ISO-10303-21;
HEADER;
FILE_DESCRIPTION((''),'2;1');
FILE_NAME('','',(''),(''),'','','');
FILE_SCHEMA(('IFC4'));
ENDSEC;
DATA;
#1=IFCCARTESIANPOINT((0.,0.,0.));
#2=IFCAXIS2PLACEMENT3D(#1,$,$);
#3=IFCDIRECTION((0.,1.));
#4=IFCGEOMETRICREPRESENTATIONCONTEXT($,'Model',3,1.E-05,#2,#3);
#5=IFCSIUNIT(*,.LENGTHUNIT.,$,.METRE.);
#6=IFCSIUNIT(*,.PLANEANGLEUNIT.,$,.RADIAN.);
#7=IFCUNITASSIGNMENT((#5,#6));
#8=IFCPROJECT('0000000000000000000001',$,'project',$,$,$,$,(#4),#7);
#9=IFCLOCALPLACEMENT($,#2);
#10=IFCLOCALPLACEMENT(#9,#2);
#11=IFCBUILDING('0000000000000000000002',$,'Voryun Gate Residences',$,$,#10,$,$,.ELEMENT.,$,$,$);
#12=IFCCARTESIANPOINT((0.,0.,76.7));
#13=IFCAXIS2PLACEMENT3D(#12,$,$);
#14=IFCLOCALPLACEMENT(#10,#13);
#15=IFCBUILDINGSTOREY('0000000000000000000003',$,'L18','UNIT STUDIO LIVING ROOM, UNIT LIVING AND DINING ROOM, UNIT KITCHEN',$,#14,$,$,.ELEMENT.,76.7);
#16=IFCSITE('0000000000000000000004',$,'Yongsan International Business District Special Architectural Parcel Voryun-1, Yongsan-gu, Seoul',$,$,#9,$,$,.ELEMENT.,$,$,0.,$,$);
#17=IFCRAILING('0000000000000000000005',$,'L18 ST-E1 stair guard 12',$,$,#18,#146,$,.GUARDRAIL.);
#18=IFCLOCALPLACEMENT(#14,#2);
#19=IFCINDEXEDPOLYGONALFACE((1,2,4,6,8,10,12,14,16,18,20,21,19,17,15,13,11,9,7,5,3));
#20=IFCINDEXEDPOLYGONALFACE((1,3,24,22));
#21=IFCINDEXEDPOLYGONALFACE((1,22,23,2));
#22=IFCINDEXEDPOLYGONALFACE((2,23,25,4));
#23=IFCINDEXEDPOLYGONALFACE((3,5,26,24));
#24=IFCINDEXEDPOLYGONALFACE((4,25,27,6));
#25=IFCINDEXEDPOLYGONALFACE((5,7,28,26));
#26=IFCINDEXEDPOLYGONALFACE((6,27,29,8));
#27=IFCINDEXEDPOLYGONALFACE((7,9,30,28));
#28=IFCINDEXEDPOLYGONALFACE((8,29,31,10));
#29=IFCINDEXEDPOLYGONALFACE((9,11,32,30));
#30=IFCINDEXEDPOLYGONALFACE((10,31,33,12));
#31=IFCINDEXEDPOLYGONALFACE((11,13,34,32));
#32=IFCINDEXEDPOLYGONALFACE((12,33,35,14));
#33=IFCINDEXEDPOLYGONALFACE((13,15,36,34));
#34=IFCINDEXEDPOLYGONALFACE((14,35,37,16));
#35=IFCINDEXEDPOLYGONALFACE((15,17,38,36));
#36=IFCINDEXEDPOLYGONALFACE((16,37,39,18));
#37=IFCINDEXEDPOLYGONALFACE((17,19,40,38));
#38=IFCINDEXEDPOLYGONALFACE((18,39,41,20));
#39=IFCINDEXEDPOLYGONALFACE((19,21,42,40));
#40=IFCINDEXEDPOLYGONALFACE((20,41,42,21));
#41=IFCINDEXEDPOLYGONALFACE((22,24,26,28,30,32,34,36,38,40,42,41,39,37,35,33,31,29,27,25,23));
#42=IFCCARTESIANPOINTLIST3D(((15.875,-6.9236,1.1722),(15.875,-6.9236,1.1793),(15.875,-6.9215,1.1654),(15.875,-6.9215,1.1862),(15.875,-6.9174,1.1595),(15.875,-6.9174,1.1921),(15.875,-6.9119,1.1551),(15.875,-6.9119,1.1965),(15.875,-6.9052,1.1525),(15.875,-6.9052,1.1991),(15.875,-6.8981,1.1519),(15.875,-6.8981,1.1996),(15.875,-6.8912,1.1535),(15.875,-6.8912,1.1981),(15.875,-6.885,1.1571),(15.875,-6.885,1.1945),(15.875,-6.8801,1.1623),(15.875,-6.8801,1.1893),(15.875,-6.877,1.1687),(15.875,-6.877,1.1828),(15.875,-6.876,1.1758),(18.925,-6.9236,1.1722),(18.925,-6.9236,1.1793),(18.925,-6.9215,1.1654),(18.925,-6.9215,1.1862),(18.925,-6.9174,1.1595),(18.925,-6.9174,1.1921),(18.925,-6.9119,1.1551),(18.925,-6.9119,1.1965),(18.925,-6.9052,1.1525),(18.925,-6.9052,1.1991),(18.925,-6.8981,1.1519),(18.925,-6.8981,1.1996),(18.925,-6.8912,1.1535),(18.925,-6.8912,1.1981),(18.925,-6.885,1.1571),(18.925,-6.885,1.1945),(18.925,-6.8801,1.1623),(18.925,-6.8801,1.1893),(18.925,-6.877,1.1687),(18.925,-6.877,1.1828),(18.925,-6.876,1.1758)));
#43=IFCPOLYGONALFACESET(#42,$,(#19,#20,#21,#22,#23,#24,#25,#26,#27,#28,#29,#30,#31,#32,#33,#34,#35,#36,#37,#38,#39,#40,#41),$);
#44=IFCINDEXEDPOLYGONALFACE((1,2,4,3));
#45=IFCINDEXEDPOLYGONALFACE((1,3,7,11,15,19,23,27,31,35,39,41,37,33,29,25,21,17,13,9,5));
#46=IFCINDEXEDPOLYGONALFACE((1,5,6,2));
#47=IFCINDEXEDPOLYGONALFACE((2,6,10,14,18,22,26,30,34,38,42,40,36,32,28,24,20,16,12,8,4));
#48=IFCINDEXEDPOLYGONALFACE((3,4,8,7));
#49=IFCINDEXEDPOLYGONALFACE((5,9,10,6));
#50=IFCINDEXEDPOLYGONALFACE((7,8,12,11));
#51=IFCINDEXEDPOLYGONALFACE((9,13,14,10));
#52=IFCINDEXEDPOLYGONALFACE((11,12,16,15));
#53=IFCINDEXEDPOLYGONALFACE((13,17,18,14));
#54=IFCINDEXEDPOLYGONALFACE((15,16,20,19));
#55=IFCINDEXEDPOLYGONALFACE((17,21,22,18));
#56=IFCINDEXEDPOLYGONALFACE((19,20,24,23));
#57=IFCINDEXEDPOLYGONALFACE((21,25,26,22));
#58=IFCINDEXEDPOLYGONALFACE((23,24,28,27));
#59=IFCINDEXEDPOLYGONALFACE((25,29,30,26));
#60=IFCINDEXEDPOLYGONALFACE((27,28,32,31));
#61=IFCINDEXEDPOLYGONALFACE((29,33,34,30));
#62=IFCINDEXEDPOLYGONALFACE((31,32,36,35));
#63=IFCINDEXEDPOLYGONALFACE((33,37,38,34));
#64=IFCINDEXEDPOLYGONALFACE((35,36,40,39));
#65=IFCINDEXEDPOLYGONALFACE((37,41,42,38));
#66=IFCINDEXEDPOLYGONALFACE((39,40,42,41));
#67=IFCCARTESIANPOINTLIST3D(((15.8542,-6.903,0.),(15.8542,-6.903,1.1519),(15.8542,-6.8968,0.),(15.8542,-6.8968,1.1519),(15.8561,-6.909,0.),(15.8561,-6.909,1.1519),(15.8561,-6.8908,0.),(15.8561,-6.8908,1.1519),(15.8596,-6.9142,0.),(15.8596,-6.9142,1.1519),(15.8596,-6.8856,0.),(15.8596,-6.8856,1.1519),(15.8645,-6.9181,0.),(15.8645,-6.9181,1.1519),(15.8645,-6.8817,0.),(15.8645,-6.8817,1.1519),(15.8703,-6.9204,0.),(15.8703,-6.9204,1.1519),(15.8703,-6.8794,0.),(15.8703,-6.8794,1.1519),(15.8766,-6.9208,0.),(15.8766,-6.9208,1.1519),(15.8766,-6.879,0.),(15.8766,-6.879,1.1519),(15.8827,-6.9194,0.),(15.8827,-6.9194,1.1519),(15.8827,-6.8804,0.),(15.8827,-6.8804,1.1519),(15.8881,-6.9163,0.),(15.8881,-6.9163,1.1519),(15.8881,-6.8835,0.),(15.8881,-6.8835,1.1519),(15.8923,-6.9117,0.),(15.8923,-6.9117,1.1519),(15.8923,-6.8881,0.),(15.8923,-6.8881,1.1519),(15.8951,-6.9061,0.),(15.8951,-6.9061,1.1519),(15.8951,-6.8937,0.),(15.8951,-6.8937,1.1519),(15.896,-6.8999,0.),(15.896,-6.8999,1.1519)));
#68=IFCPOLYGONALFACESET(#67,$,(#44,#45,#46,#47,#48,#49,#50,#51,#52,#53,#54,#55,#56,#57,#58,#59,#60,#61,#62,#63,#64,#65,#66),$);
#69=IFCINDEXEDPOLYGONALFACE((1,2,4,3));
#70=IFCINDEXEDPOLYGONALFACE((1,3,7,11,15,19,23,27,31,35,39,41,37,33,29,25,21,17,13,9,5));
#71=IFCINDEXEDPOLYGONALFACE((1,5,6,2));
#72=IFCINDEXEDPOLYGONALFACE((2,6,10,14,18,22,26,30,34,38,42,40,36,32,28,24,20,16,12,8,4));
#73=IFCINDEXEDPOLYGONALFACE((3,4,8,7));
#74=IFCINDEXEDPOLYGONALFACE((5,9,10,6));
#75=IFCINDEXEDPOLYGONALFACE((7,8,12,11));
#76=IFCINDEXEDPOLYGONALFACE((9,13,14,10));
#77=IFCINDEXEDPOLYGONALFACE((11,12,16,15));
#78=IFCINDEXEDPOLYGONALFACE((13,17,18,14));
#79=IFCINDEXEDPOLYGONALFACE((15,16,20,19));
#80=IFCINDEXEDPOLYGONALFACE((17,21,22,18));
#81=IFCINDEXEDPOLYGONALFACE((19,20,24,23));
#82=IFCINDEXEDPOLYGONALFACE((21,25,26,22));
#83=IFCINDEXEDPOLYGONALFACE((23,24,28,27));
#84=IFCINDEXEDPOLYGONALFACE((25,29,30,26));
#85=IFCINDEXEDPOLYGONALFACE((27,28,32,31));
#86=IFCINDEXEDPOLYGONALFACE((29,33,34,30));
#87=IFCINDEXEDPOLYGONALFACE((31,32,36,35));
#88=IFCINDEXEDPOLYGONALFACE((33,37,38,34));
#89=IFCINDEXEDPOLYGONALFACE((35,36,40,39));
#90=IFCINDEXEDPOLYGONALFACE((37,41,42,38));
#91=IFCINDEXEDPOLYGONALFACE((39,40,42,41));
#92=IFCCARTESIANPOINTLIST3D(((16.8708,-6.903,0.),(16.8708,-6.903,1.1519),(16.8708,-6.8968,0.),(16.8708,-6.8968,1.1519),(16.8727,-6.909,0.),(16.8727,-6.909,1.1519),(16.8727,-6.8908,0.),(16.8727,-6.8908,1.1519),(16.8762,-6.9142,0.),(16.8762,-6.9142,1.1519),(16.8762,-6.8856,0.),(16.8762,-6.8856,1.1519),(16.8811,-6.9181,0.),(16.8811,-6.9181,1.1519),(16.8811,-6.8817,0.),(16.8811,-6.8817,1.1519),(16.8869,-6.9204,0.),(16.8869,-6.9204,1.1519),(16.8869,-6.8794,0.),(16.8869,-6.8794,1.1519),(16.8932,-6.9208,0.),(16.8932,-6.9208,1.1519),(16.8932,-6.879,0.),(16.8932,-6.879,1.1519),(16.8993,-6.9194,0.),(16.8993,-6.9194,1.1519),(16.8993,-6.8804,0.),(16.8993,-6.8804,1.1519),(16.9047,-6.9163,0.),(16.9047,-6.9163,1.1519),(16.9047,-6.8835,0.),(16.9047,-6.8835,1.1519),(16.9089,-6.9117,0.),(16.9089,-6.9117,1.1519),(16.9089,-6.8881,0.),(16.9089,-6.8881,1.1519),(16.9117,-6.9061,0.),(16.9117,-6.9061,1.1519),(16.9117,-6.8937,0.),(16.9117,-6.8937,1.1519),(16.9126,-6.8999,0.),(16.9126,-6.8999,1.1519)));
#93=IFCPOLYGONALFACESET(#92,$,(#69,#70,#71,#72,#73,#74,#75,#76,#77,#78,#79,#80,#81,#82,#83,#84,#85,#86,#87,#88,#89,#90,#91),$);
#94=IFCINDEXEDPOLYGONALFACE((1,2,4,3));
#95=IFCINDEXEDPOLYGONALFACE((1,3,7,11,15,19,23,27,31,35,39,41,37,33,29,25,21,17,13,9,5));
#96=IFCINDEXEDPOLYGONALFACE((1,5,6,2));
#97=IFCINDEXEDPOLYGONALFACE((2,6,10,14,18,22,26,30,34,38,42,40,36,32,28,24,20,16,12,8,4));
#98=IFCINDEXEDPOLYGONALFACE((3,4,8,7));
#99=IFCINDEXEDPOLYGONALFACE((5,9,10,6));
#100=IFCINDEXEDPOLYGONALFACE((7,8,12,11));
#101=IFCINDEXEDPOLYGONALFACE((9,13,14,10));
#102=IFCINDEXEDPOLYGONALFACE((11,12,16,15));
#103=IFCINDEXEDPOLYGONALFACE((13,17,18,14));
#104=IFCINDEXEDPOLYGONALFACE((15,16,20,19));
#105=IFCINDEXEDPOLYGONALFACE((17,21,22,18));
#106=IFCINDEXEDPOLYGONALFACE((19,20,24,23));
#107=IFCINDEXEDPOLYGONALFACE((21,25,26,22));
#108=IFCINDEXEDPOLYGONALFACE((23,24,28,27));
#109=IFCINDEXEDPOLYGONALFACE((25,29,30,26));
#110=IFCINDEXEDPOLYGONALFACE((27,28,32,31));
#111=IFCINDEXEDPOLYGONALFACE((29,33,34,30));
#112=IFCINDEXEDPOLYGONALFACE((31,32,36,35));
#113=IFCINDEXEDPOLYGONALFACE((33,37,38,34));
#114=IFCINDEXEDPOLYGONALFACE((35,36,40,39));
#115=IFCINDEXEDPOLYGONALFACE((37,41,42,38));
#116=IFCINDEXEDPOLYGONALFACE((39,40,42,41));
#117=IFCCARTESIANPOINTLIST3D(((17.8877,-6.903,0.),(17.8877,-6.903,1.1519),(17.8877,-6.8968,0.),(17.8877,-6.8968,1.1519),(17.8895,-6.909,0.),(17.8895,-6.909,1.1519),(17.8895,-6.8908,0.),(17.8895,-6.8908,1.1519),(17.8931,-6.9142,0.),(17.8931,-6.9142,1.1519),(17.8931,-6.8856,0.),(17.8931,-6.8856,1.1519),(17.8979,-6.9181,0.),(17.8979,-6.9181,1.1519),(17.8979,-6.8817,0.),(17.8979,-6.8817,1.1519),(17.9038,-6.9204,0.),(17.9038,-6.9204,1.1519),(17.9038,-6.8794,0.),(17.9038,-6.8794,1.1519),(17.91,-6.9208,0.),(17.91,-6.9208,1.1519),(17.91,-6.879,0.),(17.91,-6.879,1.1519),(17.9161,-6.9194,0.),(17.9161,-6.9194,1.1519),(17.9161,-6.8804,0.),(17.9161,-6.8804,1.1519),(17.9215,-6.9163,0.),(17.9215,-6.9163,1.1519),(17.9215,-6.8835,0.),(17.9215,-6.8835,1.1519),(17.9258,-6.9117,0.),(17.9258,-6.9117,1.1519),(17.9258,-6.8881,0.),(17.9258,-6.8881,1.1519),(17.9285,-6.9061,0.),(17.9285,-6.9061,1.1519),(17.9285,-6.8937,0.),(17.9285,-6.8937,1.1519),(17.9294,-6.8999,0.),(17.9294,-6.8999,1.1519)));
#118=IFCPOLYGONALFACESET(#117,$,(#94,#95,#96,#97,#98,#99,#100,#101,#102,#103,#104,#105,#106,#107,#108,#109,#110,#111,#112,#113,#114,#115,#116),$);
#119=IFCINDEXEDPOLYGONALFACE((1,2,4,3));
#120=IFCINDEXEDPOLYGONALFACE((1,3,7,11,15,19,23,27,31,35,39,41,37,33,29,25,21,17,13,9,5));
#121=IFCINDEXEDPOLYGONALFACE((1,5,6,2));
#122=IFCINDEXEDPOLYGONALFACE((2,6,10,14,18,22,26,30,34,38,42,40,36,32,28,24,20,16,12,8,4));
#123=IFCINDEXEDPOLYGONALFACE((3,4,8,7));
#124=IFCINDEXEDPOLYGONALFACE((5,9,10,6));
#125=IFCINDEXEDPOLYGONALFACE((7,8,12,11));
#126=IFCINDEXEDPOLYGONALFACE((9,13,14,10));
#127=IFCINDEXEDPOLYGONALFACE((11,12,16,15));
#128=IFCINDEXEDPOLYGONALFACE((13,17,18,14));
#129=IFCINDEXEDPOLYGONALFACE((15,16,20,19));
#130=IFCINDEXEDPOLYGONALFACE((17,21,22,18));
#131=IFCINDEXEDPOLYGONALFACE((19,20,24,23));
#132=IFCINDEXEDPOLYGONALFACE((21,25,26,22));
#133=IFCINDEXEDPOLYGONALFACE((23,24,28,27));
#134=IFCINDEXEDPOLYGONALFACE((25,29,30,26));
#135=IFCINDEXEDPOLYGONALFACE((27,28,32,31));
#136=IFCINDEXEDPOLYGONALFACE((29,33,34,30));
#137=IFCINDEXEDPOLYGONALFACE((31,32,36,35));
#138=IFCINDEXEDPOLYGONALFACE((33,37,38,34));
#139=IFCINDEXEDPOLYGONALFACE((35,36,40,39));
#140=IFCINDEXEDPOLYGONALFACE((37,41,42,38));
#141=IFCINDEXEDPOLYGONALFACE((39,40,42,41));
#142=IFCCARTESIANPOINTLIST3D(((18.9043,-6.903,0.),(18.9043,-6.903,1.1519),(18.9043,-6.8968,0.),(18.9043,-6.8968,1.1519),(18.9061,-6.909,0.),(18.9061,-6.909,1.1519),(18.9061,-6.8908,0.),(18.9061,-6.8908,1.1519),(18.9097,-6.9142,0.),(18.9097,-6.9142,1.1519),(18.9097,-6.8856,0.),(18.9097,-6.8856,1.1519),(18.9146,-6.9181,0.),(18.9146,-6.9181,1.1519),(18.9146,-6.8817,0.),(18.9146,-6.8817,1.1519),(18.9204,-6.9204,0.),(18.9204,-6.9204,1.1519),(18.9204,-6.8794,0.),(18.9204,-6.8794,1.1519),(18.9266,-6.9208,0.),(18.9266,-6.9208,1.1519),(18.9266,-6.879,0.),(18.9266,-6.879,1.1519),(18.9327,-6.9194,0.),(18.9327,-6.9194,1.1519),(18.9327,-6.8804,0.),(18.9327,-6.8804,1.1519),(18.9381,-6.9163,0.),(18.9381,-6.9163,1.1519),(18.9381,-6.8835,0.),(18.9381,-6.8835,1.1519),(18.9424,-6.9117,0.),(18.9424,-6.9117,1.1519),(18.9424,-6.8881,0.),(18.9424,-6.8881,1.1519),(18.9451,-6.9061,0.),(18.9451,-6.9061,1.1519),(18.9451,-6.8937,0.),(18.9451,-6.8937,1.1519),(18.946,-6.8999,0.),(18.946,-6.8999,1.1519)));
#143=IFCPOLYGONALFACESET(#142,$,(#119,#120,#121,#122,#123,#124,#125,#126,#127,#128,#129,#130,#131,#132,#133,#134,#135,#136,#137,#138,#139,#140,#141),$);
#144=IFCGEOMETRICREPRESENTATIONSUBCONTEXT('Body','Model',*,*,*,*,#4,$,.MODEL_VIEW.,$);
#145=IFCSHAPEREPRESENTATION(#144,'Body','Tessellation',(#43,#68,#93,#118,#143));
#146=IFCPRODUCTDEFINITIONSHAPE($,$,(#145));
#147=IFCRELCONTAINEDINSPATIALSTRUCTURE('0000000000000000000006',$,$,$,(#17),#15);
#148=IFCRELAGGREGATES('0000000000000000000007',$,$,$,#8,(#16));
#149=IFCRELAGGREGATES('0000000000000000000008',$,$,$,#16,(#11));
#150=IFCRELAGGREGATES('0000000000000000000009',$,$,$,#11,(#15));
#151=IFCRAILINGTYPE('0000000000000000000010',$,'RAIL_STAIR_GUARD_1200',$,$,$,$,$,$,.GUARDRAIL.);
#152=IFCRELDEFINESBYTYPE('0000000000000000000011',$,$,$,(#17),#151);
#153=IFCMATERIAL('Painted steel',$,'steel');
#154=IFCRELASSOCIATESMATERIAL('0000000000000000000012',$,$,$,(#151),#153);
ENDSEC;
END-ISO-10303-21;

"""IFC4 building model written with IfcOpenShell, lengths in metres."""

from ifc_helpers import new_model, si_unit, direction, frame, origin, origin_2d, place, context, subcontext, project, spatial, circle, extrude, material, type_object, element, save


model = new_model("IFC4")

# Units and contexts
model_context = context("Model", 3, precision=1e-05, world=origin(), true_north=direction((0.0, 1.0)))
body_context = subcontext(model_context, "Body", "Model", "MODEL_VIEW")
ifc_project = project(units=[si_unit("LENGTHUNIT", "METRE"), si_unit("PLANEANGLEUNIT", "RADIAN")], contexts=[model_context])

# Site, building, storey
site_placement = place(None, origin())
site = spatial("IfcSite", under=ifc_project, at=site_placement, Name="Yongsan International Business District Special Architectural Parcel Voryun-1, Yongsan-gu, Seoul", CompositionType="ELEMENT", RefElevation=0.0)
building_placement = place(site_placement, origin())
building = spatial("IfcBuilding", under=site, at=building_placement, Name="Voryun Gate Residences", CompositionType="ELEMENT")
storey_placement = place(building_placement, frame((0.0, 0.0, 76.7)))
storey = spatial("IfcBuildingStorey", under=building, at=storey_placement, Name="L18", Description="UNIT STUDIO LIVING ROOM, UNIT LIVING AND DINING ROOM, UNIT KITCHEN", CompositionType="ELEMENT", Elevation=76.7)

# Railing
ifc_material_1 = material(Name="Painted steel", Category="steel")
railing_type_1 = type_object("IfcRailingType", Name="RAIL_STAIR_GUARD_1200", PredefinedType="GUARDRAIL", material=ifc_material_1)
railing_1_placement = place(storey_placement, frame((15.875, -6.8999, 0.0)))
element("IfcRailing", 1, at=railing_1_placement, inside=storey, type_object=railing_type_1, Name="L18 ST-E1 stair guard 12", PredefinedType="GUARDRAIL", context=body_context, shape_type="SweptSolid", body=[
    extrude(circle(Radius=0.0239, at=origin_2d()), frame((0.0, 0.0, 1.1758), z_axis=(1.0, 0.0, 0.0), x_axis=(0.0, 1.0, 0.0)), (0.0, 0.0, 1.0), 3.05),
    extrude(circle(Radius=0.021, at=origin_2d()), origin(), (0.0, 0.0, 1.0), 1.1519),
    extrude(circle(Radius=0.021, at=origin_2d()), frame((1.0166, 0.0, 0.0)), (0.0, 0.0, 1.0), 1.1519),
    extrude(circle(Radius=0.021, at=origin_2d()), frame((2.0334, 0.0, 0.0)), (0.0, 0.0, 1.0), 1.1519),
    extrude(circle(Radius=0.021, at=origin_2d()), frame((3.05, 0.0, 0.0)), (0.0, 0.0, 1.0), 1.1519),
])

save(model, "model.ifc")
